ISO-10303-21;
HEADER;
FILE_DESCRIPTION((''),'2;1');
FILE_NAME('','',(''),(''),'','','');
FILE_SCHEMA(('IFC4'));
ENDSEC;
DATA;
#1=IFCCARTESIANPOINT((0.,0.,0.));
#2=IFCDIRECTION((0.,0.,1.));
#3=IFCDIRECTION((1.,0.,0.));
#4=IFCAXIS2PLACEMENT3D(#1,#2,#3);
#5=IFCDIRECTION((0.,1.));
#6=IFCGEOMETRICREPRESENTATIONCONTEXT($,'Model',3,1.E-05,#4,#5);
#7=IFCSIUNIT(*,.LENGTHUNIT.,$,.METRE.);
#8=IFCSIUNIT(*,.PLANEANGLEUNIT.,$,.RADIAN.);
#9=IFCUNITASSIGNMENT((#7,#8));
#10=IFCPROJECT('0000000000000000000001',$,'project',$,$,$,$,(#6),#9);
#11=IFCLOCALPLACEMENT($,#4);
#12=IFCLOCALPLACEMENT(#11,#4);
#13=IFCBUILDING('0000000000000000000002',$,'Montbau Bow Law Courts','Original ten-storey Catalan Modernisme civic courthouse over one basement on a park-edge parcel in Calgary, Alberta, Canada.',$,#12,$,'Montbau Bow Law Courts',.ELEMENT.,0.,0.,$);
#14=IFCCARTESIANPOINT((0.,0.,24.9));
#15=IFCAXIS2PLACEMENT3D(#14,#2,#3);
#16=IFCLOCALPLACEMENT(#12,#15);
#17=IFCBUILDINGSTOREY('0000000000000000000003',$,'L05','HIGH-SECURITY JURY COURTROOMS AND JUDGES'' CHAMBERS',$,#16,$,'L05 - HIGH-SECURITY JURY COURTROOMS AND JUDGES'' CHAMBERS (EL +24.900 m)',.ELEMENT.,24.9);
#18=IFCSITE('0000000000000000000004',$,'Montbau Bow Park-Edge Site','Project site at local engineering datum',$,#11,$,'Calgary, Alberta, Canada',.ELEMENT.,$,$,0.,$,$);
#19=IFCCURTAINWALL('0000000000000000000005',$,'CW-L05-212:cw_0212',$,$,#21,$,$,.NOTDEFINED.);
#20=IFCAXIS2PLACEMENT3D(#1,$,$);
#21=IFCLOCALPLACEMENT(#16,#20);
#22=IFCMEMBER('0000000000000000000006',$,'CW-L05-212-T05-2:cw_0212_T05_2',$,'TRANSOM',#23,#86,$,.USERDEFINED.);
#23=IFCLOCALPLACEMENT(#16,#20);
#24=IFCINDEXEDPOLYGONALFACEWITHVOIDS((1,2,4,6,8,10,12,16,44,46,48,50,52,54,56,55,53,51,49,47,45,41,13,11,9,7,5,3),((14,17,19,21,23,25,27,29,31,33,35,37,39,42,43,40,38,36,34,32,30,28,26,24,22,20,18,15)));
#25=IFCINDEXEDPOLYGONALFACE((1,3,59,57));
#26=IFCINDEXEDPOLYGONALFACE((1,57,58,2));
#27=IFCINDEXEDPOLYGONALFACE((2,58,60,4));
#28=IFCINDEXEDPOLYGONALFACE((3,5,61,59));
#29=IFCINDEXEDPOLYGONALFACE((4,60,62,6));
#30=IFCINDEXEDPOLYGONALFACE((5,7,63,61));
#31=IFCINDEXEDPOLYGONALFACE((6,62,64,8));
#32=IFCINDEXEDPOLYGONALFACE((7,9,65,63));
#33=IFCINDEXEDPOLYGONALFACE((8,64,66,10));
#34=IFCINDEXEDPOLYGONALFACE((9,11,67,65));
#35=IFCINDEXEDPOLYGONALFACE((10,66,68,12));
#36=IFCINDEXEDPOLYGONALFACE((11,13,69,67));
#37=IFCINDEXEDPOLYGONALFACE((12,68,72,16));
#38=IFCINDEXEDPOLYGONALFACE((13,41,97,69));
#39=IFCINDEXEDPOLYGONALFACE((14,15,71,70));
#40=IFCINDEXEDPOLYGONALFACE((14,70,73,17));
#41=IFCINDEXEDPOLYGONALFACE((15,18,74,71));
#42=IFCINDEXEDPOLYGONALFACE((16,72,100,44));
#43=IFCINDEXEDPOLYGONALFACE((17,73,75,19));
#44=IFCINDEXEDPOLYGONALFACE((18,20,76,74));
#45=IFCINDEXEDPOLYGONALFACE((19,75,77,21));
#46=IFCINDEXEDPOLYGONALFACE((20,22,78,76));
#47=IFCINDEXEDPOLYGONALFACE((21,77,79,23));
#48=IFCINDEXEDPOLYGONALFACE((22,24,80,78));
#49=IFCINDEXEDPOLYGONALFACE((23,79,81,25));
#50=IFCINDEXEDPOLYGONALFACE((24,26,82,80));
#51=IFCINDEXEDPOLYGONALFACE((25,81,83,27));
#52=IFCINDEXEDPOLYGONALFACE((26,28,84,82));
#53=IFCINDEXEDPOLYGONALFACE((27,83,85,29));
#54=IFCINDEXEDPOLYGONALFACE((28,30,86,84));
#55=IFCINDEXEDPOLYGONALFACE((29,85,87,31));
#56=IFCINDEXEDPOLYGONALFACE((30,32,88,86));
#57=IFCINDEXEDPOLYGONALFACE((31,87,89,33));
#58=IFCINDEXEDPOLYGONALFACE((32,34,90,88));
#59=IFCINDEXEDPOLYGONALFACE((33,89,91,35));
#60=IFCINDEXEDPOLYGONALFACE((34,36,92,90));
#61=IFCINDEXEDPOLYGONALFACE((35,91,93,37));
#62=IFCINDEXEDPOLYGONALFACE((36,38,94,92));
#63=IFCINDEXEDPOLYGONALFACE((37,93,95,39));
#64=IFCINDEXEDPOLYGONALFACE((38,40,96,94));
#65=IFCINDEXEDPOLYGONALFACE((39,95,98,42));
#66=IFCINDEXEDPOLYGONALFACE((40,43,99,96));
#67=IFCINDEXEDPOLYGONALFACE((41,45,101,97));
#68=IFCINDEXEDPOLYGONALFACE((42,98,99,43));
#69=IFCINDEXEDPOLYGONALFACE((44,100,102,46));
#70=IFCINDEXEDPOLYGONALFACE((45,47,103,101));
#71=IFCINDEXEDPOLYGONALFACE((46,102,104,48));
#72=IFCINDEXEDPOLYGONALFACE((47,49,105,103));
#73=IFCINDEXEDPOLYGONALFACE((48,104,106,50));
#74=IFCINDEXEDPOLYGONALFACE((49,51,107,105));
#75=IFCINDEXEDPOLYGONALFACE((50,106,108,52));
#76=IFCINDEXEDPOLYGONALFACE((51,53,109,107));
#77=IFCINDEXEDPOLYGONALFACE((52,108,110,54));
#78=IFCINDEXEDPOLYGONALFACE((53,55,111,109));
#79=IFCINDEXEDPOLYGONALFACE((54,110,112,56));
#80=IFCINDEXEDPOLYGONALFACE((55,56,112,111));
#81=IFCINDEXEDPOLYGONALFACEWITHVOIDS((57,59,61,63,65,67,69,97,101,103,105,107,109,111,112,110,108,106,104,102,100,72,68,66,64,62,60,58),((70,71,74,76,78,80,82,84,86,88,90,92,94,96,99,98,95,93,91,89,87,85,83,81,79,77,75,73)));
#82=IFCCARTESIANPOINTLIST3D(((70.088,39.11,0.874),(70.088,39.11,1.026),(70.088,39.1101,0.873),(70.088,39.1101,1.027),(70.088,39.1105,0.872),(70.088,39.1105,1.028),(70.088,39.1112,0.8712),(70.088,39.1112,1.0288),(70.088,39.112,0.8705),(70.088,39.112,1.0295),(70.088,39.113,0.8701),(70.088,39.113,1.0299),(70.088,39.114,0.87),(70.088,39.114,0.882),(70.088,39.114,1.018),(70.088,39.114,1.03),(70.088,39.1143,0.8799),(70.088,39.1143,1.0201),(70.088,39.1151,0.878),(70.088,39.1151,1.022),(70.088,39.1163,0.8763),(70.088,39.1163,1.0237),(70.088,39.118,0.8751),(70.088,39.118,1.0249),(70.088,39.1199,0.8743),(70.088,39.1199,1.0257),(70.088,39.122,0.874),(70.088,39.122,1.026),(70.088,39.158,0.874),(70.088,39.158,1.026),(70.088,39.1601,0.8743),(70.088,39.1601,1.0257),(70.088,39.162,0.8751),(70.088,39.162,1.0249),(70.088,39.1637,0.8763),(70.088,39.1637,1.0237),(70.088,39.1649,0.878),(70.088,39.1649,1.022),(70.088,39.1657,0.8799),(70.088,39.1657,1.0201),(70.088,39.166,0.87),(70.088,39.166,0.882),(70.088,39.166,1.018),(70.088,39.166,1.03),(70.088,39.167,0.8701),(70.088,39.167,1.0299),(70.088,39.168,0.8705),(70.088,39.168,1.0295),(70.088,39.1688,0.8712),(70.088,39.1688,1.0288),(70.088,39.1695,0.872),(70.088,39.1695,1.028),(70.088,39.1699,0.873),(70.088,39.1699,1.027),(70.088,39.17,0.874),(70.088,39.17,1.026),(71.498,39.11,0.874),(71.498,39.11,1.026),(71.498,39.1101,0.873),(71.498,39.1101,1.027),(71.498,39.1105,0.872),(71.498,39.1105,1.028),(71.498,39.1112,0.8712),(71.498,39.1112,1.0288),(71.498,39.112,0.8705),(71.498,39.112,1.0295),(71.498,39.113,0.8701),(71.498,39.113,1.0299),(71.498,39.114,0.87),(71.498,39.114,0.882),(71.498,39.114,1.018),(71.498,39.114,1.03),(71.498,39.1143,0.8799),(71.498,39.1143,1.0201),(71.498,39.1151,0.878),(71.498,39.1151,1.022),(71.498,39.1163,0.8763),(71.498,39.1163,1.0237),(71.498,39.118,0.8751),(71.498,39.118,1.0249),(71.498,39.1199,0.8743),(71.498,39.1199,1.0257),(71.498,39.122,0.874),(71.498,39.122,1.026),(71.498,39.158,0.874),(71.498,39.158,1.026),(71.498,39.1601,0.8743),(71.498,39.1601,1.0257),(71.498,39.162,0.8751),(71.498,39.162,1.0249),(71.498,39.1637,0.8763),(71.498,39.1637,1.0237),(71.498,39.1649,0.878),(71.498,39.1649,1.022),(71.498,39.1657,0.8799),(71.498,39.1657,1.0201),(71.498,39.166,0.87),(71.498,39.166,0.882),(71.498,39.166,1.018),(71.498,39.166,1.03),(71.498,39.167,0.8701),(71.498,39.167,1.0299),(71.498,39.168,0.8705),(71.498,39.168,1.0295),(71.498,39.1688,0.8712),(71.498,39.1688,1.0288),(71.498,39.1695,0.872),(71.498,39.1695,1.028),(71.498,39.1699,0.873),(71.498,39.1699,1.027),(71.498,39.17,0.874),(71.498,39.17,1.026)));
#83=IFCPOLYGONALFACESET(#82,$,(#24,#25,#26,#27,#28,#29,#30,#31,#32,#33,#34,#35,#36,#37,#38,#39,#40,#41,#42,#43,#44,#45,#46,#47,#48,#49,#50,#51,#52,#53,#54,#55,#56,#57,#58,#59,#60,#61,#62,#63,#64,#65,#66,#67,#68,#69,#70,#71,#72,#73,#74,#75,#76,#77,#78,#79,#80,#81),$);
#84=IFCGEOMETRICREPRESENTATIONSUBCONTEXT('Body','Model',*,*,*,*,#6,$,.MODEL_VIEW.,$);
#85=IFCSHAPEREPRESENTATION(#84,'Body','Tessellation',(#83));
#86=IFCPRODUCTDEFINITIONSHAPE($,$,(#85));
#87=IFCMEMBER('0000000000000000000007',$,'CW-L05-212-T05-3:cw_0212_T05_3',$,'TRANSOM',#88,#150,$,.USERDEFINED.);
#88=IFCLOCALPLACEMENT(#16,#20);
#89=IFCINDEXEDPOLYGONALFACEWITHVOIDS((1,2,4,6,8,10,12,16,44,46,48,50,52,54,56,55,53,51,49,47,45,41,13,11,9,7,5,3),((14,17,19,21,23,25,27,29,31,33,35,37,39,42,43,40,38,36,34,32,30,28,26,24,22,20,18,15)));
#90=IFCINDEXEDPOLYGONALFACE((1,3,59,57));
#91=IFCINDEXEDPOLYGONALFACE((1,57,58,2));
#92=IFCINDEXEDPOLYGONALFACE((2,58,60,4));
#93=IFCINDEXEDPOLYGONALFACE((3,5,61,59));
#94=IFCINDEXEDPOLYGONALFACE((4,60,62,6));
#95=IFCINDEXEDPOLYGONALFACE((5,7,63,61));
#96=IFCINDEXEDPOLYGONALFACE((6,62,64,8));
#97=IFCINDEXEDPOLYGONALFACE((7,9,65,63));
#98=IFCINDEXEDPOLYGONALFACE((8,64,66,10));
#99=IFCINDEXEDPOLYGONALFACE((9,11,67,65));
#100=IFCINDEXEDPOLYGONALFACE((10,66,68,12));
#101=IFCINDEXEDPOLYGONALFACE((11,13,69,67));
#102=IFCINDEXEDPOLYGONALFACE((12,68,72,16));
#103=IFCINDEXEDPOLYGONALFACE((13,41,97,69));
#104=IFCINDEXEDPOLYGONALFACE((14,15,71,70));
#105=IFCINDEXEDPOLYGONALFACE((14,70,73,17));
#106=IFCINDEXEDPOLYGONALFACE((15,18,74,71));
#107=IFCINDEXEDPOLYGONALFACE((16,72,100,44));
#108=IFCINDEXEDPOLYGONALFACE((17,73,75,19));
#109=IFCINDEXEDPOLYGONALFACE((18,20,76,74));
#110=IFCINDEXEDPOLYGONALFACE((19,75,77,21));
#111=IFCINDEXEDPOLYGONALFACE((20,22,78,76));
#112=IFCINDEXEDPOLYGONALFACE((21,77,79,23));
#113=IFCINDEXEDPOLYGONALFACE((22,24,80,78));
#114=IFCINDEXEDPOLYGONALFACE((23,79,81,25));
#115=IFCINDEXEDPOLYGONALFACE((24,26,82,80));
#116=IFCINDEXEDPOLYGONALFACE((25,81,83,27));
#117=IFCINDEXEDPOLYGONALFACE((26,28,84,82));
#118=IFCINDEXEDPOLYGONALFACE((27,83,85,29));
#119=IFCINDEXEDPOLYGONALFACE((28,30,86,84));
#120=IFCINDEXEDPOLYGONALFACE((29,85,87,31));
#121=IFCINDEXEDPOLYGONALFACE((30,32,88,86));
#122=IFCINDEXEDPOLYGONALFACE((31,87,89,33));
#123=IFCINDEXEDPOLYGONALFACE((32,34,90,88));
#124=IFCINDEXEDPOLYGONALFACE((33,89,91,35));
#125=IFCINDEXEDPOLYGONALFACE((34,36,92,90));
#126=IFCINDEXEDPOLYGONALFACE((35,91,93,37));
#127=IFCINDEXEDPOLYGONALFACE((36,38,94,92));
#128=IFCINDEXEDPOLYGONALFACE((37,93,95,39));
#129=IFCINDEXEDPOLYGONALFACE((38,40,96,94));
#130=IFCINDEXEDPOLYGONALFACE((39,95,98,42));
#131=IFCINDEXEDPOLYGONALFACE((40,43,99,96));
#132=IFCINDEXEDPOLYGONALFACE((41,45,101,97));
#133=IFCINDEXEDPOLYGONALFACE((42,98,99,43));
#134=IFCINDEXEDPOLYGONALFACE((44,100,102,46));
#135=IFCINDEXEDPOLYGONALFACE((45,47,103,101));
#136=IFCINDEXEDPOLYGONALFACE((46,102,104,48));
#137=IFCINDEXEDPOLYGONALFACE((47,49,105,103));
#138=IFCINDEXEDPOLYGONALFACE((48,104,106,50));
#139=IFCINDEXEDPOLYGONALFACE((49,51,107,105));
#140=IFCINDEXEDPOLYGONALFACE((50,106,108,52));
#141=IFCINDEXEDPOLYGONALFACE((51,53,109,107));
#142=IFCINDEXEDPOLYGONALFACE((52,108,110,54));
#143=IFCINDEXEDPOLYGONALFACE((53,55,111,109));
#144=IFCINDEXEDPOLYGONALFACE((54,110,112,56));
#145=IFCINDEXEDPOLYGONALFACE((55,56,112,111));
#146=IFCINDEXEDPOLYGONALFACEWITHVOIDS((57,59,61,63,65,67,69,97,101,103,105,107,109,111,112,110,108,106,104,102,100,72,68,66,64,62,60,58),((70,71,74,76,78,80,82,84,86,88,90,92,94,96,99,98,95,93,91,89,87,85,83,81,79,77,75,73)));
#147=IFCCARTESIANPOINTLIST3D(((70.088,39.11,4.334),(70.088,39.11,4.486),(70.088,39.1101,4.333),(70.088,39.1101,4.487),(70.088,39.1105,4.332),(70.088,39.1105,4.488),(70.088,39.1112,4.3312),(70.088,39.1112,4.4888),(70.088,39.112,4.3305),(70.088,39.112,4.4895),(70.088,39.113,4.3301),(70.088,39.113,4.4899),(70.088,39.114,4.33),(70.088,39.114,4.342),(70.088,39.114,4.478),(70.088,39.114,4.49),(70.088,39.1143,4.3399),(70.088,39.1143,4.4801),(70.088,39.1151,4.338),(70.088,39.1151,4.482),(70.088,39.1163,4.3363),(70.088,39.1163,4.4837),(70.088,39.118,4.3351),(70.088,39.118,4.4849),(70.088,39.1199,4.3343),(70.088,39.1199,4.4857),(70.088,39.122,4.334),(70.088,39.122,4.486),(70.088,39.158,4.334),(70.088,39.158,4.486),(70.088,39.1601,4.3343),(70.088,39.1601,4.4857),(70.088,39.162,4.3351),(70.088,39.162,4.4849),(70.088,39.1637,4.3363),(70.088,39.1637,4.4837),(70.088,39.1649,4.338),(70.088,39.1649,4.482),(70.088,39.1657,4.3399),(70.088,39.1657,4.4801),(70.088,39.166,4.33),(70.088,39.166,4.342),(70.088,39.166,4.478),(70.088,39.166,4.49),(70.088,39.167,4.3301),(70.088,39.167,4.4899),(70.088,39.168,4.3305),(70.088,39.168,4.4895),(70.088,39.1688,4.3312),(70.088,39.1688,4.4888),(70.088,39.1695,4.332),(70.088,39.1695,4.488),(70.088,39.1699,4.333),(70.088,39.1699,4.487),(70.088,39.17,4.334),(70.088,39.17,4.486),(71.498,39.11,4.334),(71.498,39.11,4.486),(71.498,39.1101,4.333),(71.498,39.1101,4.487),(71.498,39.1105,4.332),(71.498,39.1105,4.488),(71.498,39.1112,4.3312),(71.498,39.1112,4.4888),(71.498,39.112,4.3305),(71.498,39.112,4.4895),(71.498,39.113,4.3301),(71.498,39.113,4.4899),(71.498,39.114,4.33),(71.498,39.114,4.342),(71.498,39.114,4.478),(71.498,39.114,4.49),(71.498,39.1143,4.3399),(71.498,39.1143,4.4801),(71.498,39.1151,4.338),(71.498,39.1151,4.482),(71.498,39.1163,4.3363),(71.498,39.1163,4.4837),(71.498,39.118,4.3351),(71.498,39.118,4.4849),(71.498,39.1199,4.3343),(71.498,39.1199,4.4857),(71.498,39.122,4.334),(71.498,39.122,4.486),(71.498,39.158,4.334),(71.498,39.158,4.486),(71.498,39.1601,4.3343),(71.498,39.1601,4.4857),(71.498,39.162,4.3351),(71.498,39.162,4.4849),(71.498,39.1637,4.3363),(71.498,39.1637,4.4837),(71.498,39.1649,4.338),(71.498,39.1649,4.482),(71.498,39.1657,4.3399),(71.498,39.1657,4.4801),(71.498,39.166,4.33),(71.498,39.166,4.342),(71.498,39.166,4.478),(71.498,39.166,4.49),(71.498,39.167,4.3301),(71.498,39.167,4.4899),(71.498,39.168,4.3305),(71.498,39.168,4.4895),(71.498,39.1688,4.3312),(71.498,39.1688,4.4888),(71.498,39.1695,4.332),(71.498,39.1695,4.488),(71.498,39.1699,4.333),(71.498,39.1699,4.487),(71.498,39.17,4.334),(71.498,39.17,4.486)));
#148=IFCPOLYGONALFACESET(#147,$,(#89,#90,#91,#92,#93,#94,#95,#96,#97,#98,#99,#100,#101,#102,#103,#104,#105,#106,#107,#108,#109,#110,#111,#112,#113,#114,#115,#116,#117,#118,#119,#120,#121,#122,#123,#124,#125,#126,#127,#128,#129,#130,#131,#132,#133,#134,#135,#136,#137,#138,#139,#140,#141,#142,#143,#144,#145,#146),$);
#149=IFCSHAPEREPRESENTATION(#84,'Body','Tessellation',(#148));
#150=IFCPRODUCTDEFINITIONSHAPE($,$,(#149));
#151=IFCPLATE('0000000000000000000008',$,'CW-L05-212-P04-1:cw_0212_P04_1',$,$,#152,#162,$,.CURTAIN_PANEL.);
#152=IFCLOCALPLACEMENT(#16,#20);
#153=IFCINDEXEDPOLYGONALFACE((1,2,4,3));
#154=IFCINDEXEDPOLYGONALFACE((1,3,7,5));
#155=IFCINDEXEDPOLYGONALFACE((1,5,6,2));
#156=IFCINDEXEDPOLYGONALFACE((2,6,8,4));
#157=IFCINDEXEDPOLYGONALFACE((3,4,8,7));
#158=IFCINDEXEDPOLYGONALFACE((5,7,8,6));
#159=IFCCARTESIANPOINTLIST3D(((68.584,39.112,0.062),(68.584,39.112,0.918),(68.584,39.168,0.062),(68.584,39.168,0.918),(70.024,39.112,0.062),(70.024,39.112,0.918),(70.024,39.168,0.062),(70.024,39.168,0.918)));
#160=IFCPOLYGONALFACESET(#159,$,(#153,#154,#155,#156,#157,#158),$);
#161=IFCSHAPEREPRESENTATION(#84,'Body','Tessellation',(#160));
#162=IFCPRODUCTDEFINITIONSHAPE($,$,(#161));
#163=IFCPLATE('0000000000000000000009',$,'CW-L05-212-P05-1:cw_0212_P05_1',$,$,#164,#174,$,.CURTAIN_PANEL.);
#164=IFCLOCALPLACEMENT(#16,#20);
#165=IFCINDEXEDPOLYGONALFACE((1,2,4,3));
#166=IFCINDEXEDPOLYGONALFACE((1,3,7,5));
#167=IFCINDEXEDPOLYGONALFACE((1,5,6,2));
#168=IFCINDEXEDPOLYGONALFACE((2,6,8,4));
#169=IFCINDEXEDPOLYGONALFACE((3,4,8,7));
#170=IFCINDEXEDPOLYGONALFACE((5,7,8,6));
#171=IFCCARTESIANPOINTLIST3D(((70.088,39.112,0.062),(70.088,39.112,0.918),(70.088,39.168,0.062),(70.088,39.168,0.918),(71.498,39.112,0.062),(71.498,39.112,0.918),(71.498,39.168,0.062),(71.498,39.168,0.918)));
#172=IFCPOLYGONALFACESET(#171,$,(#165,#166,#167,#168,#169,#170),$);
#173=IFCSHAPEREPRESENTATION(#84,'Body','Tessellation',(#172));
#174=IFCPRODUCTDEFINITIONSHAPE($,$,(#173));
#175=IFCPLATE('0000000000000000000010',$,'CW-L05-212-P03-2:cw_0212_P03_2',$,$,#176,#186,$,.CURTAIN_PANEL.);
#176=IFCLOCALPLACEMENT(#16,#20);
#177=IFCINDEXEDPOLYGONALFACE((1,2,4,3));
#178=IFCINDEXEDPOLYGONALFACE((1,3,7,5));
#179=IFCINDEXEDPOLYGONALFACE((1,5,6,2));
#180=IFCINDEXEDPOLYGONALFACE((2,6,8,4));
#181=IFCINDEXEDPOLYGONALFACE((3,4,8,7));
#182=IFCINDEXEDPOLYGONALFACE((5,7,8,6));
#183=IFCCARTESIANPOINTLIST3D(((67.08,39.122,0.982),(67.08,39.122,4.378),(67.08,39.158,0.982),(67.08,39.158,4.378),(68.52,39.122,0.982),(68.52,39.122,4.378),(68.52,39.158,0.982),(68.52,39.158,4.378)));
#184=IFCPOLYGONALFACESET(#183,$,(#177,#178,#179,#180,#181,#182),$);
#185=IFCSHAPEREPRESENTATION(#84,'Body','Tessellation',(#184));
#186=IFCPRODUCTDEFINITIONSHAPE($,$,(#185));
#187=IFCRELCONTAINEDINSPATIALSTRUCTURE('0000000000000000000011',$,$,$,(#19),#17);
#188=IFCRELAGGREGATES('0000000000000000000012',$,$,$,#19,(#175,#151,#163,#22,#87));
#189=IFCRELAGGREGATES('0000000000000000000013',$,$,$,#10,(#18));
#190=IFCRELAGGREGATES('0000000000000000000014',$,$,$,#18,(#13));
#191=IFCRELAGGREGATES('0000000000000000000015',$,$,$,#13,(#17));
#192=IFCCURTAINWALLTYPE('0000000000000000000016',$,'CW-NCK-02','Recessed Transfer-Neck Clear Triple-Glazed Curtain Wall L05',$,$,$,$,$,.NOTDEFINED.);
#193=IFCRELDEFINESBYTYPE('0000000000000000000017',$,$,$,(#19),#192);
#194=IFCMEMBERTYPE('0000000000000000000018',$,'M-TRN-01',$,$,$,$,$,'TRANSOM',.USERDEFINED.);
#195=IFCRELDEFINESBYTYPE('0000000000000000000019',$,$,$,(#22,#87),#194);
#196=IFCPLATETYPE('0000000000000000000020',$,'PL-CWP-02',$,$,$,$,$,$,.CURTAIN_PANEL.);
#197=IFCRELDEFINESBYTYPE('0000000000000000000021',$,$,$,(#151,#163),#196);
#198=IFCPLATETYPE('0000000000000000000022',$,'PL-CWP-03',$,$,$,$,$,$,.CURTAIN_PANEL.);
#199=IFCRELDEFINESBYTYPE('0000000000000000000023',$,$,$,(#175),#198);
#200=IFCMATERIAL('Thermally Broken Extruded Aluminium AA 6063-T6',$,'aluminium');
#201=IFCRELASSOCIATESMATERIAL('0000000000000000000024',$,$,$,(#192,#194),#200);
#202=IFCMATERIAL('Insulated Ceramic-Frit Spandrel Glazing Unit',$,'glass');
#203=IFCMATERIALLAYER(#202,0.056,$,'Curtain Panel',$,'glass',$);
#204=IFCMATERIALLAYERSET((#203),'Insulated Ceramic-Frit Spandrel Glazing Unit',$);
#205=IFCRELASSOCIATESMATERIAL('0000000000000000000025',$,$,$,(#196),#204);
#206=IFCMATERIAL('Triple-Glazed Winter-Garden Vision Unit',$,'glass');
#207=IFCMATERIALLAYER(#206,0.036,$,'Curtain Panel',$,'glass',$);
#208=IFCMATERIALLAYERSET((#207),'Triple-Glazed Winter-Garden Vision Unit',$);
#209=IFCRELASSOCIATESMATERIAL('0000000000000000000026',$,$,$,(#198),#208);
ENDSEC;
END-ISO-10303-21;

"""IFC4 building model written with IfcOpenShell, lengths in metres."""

from ifc_helpers import new_model, si_unit, direction, frame, frame_2d, origin_with_axes, origin_2d_with_axis, place, context, subcontext, project, spatial, rectangle, hollow_rectangle, extrude, material, layer, layer_set, material_profile, profile_set, type_object, element, aggregate, save


model = new_model("IFC4")

# Units and contexts
model_context = context("Model", 3, precision=1e-05, world=origin_with_axes(), true_north=direction((0.0, 1.0)))
body_context = subcontext(model_context, "Body", "Model", "MODEL_VIEW")
ifc_project = project(units=[si_unit("LENGTHUNIT", "METRE"), si_unit("PLANEANGLEUNIT", "RADIAN")], contexts=[model_context])

# Site, building, storey
site_placement = place(None, origin_with_axes())
site = spatial("IfcSite", under=ifc_project, at=site_placement, Name="Montbau Bow Park-Edge Site", Description="Project site at local engineering datum", LongName="Calgary, Alberta, Canada", CompositionType="ELEMENT", RefElevation=0.0)
building_placement = place(site_placement, origin_with_axes())
building = spatial("IfcBuilding", under=site, at=building_placement, Name="Montbau Bow Law Courts", Description="Original ten-storey Catalan Modernisme civic courthouse over one basement on a park-edge parcel in Calgary, Alberta, Canada.", LongName="Montbau Bow Law Courts", CompositionType="ELEMENT", ElevationOfRefHeight=0.0, ElevationOfTerrain=0.0)
storey_placement = place(building_placement, frame((0.0, 0.0, 24.9), z_axis=(0.0, 0.0, 1.0), x_axis=(1.0, 0.0, 0.0)))
storey = spatial("IfcBuildingStorey", under=building, at=storey_placement, Name="L05", Description="HIGH-SECURITY JURY COURTROOMS AND JUDGES' CHAMBERS", LongName="L05 - HIGH-SECURITY JURY COURTROOMS AND JUDGES' CHAMBERS (EL +24.900 m)", CompositionType="ELEMENT", Elevation=24.9)

# Curtain wall, members, plates
ifc_material_1 = material(Name="Thermally Broken Extruded Aluminium AA 6063-T6", Category="aluminium")
curtain_wall_type = type_object("IfcCurtainWallType", Name="CW-NCK-02", Description="Recessed Transfer-Neck Clear Triple-Glazed Curtain Wall L05", PredefinedType="NOTDEFINED", material=ifc_material_1)
curtain_wall_placement = place(None, frame((64.04, 39.14, 24.9), z_axis=(0.0, 0.0, 1.0), x_axis=(1.0, 0.0, 0.0)))
curtain_wall = element("IfcCurtainWall", 1, at=curtain_wall_placement, inside=storey, type_object=curtain_wall_type, Name="CW-L05-212:cw_0212", PredefinedType="NOTDEFINED")
ifc_material_profile_1 = material_profile(ifc_material_1, hollow_rectangle(XDim=0.06, YDim=0.16, WallThickness=0.004, InnerFilletRadius=0.008, OuterFilletRadius=0.004, at=origin_2d_with_axis()), Name="CWT-160X60", Category="Main", Priority=0)
ifc_profile_set_1 = profile_set([ifc_material_profile_1], Name="Thermally Broken Extruded Aluminium AA 6063-T6")
member_type_1 = type_object("IfcMemberType", Name="M-TRN-01", ElementType="TRANSOM", PredefinedType="USERDEFINED", material=ifc_profile_set_1)
member_1_placement = place(None, frame((70.088, 39.14, 25.85), z_axis=(1.0, 0.0, 0.0), x_axis=(0.0, 1.0, 0.0)))
member_1 = element("IfcMember", 2, at=member_1_placement, type_object=member_type_1, Name="CW-L05-212-T05-2:cw_0212_T05_2", ObjectType="TRANSOM", PredefinedType="USERDEFINED", context=body_context, shape_type="SweptSolid", body=[
    extrude(hollow_rectangle(XDim=0.06, YDim=0.16, WallThickness=0.004, InnerFilletRadius=0.008, OuterFilletRadius=0.004, at=origin_2d_with_axis()), origin_with_axes(), (0.0, 0.0, 1.0), 1.41),
])
member_2_placement = place(None, frame((70.088, 39.14, 29.31), z_axis=(1.0, 0.0, 0.0), x_axis=(0.0, 1.0, 0.0)))
member_2 = element("IfcMember", 3, at=member_2_placement, type_object=member_type_1, Name="CW-L05-212-T05-3:cw_0212_T05_3", ObjectType="TRANSOM", PredefinedType="USERDEFINED", context=body_context, shape_type="SweptSolid", body=[
    extrude(hollow_rectangle(XDim=0.06, YDim=0.16, WallThickness=0.004, InnerFilletRadius=0.008, OuterFilletRadius=0.004, at=origin_2d_with_axis()), origin_with_axes(), (0.0, 0.0, 1.0), 1.41),
])
ifc_material_2 = material(Name="Insulated Ceramic-Frit Spandrel Glazing Unit", Category="glass")
ifc_layer_1 = layer(ifc_material_2, 0.056, Name="Curtain Panel", Category="glass")
ifc_layer_set_1 = layer_set([ifc_layer_1], Name="Insulated Ceramic-Frit Spandrel Glazing Unit")
plate_type_1 = type_object("IfcPlateType", Name="PL-CWP-02", PredefinedType="CURTAIN_PANEL", material=ifc_layer_set_1)
plate_1_placement = place(None, frame((68.584, 39.14, 24.962), z_axis=(0.0, -1.0, 0.0), x_axis=(1.0, 0.0, 0.0)))
plate_1 = element("IfcPlate", 4, at=plate_1_placement, type_object=plate_type_1, Name="CW-L05-212-P04-1:cw_0212_P04_1", PredefinedType="CURTAIN_PANEL", context=body_context, shape_type="SweptSolid", body=[
    extrude(rectangle(XDim=1.44, YDim=0.856, at=frame_2d((0.72, 0.428), x_axis=(1.0, 0.0))), frame((0.0, 0.0, -0.028), z_axis=(0.0, 0.0, 1.0), x_axis=(1.0, 0.0, 0.0)), (0.0, 0.0, 1.0), 0.056),
])
plate_2_placement = place(None, frame((70.088, 39.14, 24.962), z_axis=(0.0, -1.0, 0.0), x_axis=(1.0, 0.0, 0.0)))
plate_2 = element("IfcPlate", 5, at=plate_2_placement, type_object=plate_type_1, Name="CW-L05-212-P05-1:cw_0212_P05_1", PredefinedType="CURTAIN_PANEL", context=body_context, shape_type="SweptSolid", body=[
    extrude(rectangle(XDim=1.41, YDim=0.856, at=frame_2d((0.705, 0.428), x_axis=(1.0, 0.0))), frame((0.0, 0.0, -0.028), z_axis=(0.0, 0.0, 1.0), x_axis=(1.0, 0.0, 0.0)), (0.0, 0.0, 1.0), 0.056),
])
ifc_material_3 = material(Name="Triple-Glazed Winter-Garden Vision Unit", Category="glass")
ifc_layer_2 = layer(ifc_material_3, 0.036, Name="Curtain Panel", Category="glass")
ifc_layer_set_2 = layer_set([ifc_layer_2], Name="Triple-Glazed Winter-Garden Vision Unit")
plate_type_2 = type_object("IfcPlateType", Name="PL-CWP-03", PredefinedType="CURTAIN_PANEL", material=ifc_layer_set_2)
plate_3_placement = place(None, frame((67.08, 39.14, 25.882), z_axis=(0.0, -1.0, 0.0), x_axis=(1.0, 0.0, 0.0)))
plate_3 = element("IfcPlate", 6, at=plate_3_placement, type_object=plate_type_2, Name="CW-L05-212-P03-2:cw_0212_P03_2", PredefinedType="CURTAIN_PANEL", context=body_context, shape_type="SweptSolid", body=[
    extrude(rectangle(XDim=1.44, YDim=3.396, at=frame_2d((0.72, 1.698), x_axis=(1.0, 0.0))), frame((0.0, 0.0, -0.018), z_axis=(0.0, 0.0, 1.0), x_axis=(1.0, 0.0, 0.0)), (0.0, 0.0, 1.0), 0.036),
])
aggregate(curtain_wall, [plate_3, plate_1, plate_2, member_1, member_2])

save(model, "model.ifc")
